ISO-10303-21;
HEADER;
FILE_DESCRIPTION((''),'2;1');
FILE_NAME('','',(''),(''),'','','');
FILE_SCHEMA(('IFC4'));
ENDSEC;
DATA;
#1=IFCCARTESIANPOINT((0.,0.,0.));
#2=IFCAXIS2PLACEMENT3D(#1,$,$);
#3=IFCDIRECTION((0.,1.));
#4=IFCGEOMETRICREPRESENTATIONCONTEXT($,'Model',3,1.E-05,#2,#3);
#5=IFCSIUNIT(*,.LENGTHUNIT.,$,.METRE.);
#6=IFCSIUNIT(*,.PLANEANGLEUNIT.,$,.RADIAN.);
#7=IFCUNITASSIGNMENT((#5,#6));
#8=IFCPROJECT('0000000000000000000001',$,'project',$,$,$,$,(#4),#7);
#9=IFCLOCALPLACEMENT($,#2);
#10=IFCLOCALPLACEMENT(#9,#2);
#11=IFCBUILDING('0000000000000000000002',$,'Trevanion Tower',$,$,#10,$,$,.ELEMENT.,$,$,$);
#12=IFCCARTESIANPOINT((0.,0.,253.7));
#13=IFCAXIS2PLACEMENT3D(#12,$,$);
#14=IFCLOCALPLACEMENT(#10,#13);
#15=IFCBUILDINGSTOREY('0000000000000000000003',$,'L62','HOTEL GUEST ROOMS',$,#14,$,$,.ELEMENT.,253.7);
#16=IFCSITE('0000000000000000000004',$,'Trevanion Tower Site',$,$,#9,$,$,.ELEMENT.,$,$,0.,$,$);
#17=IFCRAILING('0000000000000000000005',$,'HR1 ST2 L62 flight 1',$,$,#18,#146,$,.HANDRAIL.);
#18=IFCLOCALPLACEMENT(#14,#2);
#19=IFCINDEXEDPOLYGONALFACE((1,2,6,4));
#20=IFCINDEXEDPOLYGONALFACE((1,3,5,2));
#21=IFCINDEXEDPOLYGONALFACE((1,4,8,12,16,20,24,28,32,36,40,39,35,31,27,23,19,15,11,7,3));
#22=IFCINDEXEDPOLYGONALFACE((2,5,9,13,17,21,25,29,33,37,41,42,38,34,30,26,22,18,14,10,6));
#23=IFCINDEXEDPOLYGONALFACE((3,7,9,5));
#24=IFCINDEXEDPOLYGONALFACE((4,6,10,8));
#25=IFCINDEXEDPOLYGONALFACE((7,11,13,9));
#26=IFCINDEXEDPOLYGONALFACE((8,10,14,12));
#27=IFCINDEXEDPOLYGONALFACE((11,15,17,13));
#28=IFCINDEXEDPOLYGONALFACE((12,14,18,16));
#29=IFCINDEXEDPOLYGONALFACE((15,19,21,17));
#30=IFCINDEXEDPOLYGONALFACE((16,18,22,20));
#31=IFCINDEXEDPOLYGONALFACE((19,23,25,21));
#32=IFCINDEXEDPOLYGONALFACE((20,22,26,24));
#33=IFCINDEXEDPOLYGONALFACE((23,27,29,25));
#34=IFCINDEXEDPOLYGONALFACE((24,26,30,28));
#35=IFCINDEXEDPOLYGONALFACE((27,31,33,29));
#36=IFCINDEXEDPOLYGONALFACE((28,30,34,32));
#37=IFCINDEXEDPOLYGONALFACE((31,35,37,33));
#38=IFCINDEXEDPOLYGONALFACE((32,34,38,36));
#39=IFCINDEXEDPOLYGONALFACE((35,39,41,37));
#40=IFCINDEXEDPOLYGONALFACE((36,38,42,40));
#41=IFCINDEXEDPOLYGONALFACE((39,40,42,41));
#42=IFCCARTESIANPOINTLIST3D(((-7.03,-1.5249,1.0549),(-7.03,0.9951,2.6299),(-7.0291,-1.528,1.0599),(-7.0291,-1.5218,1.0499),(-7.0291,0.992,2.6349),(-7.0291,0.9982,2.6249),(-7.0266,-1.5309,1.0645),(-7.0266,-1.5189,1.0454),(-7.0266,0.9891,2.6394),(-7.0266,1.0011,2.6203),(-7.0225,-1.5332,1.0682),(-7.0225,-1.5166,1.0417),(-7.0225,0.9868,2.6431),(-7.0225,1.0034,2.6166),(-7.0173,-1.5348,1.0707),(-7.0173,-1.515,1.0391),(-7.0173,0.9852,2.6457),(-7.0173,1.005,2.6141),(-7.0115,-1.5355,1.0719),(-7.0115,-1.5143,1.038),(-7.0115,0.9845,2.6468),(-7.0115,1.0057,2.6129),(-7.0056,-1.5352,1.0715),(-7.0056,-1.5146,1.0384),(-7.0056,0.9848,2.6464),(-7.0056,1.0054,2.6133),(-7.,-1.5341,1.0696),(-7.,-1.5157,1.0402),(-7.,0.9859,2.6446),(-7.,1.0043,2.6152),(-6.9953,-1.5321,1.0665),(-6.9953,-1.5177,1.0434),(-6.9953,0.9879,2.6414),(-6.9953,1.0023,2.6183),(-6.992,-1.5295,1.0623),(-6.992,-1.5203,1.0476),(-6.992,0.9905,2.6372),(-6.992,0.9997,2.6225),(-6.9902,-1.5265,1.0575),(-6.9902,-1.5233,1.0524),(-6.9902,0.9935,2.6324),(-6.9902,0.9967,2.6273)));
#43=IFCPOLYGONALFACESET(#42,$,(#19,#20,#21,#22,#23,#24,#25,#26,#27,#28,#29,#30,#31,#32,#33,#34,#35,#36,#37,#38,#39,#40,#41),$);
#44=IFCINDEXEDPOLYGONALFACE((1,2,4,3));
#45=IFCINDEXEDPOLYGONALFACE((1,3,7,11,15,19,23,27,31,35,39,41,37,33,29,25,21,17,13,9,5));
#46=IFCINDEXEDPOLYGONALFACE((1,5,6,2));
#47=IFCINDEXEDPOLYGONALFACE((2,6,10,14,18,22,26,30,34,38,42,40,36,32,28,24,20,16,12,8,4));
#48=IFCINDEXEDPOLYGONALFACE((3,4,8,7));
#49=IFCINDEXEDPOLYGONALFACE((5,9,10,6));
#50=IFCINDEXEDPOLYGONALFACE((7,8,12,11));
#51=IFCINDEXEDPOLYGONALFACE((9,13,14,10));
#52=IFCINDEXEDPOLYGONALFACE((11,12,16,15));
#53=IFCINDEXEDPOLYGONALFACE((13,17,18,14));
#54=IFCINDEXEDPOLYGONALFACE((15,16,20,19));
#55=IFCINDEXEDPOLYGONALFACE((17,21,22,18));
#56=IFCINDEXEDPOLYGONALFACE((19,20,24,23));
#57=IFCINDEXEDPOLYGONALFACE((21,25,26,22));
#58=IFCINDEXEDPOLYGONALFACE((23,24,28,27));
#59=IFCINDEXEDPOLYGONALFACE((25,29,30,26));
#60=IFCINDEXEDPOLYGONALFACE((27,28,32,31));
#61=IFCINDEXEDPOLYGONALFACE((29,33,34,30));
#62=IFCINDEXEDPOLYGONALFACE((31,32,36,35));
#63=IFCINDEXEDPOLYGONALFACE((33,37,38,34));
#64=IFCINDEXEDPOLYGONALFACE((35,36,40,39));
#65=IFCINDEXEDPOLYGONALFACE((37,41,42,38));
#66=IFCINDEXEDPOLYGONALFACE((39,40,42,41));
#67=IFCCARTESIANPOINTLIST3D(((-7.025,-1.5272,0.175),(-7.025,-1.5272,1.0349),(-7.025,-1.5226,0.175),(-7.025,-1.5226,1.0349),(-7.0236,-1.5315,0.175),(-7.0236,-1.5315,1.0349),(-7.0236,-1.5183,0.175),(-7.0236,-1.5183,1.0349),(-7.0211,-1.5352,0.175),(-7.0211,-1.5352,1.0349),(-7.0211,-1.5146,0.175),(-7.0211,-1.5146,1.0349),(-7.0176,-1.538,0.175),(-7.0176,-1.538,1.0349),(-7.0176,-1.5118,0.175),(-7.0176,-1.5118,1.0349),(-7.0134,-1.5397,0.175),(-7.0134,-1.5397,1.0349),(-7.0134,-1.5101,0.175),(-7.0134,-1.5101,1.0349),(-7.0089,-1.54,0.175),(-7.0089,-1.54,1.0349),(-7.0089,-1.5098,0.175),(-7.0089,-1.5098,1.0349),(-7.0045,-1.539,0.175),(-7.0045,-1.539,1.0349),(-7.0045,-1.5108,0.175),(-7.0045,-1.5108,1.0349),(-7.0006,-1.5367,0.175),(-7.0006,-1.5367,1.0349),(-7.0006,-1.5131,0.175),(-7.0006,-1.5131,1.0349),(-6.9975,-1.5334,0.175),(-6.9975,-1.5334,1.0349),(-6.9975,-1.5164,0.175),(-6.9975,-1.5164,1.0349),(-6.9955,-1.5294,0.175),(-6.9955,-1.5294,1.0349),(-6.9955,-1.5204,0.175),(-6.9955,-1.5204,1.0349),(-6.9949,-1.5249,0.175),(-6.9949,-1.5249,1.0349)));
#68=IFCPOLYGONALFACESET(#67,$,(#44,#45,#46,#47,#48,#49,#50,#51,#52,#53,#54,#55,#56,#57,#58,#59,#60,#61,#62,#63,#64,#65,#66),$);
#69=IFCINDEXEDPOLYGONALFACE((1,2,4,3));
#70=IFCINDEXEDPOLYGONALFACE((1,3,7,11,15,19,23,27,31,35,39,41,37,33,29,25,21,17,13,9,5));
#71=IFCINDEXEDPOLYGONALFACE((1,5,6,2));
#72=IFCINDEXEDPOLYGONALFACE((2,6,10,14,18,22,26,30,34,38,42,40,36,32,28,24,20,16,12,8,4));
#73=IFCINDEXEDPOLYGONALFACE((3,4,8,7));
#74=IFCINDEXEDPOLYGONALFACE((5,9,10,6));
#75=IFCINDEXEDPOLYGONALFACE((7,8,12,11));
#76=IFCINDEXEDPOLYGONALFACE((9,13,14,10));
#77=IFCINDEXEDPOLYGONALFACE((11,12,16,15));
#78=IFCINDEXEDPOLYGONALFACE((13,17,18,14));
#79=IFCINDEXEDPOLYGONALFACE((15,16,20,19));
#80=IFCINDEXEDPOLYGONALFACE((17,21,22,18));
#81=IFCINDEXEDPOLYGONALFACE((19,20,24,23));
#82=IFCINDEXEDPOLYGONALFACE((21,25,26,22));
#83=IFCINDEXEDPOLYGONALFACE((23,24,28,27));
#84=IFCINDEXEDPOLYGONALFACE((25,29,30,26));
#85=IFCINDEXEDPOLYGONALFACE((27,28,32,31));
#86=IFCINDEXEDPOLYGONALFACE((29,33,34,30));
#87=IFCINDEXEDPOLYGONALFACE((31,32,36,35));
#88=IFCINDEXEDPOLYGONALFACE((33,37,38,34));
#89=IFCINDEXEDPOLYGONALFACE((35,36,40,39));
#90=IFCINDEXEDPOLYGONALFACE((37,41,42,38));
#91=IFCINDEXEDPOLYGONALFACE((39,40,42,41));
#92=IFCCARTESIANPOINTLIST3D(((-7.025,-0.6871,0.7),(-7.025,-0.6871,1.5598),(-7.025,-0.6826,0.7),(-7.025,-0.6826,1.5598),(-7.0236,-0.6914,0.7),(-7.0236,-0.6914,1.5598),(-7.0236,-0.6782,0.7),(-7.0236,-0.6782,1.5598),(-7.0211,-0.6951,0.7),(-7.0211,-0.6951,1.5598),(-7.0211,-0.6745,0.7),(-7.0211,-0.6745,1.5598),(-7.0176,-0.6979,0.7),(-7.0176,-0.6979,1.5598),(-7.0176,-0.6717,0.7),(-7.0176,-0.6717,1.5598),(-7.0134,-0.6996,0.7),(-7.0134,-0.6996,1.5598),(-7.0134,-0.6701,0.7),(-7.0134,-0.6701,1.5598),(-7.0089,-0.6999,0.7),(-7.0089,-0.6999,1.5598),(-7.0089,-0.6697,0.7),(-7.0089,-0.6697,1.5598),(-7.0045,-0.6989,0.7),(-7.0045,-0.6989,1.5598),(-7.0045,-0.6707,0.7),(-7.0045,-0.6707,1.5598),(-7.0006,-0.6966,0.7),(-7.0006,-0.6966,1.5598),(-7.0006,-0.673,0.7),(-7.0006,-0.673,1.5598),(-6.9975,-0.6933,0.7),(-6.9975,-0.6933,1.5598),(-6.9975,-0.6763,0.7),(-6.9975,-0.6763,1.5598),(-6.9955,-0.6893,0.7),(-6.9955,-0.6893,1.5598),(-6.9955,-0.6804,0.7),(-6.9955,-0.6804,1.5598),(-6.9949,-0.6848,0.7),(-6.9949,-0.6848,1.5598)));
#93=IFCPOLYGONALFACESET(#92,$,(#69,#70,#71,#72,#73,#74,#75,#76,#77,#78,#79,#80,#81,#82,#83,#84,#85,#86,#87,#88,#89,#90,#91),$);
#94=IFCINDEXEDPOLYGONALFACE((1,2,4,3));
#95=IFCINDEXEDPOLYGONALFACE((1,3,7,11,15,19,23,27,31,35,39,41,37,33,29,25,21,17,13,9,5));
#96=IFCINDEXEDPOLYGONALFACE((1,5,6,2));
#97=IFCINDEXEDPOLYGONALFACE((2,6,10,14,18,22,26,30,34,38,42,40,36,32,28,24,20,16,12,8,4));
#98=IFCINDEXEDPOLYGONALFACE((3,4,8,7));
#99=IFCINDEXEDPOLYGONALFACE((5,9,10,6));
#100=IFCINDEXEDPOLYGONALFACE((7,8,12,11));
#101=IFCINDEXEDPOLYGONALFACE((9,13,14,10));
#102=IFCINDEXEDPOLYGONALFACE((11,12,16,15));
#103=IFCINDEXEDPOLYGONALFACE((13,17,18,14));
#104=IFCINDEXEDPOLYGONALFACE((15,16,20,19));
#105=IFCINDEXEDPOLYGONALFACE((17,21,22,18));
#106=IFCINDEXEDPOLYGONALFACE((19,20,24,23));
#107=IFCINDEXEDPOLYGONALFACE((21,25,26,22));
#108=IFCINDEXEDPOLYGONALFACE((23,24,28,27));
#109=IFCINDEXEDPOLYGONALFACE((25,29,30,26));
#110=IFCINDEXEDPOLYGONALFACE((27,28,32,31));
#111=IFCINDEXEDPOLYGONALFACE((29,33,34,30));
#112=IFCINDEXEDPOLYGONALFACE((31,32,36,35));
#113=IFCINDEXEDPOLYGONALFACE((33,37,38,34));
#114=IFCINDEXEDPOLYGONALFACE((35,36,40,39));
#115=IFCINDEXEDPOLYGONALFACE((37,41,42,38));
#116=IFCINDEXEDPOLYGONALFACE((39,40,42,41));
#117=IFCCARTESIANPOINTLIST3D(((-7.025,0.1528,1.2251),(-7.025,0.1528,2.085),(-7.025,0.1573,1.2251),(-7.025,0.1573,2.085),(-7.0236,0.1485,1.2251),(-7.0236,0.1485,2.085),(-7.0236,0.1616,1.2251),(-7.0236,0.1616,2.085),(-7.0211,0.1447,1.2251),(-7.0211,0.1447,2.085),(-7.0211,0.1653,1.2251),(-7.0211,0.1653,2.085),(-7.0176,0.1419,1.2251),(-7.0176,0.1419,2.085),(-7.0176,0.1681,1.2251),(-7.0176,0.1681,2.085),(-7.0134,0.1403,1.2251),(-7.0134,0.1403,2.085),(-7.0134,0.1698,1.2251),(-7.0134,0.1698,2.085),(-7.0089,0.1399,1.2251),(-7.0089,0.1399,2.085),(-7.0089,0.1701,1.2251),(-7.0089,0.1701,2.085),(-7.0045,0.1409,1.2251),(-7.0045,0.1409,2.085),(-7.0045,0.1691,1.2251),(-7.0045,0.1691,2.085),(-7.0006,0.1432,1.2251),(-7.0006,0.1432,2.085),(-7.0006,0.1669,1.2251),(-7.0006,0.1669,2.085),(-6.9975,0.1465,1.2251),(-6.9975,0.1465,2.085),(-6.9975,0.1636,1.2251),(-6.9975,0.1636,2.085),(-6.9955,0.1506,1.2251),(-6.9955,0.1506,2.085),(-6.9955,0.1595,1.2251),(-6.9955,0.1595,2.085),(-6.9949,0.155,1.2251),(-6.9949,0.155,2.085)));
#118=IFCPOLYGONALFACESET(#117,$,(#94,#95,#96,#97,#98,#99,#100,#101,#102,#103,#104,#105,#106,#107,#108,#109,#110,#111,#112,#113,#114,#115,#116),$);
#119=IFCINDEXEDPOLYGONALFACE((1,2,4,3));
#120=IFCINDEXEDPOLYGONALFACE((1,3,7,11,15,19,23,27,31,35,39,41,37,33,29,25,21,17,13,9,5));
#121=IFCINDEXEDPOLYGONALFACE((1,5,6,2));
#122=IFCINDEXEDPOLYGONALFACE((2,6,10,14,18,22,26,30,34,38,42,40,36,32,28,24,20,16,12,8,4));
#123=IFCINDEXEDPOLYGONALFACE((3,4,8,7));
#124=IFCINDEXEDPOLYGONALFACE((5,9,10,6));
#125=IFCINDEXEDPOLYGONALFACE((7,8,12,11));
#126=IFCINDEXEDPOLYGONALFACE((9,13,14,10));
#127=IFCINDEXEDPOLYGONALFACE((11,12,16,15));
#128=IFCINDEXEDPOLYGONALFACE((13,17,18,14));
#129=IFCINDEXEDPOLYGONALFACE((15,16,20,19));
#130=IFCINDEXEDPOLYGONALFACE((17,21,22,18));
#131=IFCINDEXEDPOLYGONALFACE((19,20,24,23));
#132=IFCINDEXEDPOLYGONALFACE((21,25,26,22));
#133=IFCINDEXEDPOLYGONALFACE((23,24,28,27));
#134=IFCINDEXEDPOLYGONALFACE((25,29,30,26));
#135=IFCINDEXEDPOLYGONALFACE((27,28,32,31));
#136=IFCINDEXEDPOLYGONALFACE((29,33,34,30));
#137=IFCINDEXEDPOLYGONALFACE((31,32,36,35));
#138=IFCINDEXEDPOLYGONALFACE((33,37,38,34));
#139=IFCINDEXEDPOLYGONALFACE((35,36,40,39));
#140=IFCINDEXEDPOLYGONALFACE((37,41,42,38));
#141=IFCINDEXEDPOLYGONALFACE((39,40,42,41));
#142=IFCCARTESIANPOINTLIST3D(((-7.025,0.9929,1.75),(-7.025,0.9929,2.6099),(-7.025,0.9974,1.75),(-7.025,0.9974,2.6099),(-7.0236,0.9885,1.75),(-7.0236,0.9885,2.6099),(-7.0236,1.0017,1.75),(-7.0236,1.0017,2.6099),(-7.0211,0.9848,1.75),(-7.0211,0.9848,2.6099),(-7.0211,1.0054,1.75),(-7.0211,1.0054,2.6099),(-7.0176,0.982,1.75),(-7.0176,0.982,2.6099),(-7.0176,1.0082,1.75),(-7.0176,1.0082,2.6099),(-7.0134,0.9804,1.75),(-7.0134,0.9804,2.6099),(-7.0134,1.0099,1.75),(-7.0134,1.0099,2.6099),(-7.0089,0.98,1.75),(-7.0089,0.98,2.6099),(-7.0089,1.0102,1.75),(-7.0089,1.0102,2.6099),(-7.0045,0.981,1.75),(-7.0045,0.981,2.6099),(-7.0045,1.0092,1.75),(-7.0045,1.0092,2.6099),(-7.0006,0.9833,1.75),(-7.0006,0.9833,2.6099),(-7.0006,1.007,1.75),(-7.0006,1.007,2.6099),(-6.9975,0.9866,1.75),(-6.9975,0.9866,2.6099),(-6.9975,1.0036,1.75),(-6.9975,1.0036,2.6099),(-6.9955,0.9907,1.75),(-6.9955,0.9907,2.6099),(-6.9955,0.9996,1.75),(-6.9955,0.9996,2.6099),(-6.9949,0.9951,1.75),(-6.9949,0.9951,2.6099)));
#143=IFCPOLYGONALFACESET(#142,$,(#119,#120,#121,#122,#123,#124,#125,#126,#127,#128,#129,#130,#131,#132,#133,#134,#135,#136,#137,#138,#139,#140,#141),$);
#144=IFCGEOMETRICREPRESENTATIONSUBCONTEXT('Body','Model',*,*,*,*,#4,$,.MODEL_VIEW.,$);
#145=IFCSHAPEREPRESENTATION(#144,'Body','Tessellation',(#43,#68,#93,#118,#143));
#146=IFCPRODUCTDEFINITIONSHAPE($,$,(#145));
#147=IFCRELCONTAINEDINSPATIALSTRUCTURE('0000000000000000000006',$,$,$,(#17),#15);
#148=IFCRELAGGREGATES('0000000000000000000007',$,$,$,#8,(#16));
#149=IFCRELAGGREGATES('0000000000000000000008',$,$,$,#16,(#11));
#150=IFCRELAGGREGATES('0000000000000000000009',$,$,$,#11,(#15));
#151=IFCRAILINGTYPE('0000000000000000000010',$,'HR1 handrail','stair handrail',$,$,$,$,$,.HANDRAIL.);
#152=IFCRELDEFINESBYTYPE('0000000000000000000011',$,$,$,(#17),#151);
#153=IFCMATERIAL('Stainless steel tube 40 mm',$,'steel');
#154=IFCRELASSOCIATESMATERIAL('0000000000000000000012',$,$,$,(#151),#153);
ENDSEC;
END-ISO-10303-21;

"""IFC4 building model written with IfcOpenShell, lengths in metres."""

from ifc_helpers import new_model, si_unit, direction, frame, origin, origin_2d, place, context, subcontext, project, spatial, circle, extrude, material, type_object, element, save


model = new_model("IFC4")

# Units and contexts
model_context = context("Model", 3, precision=1e-05, world=origin(), true_north=direction((0.0, 1.0)))
body_context = subcontext(model_context, "Body", "Model", "MODEL_VIEW")
ifc_project = project(units=[si_unit("LENGTHUNIT", "METRE"), si_unit("PLANEANGLEUNIT", "RADIAN")], contexts=[model_context])

# Site, building, storey
site_placement = place(None, origin())
site = spatial("IfcSite", under=ifc_project, at=site_placement, Name="Trevanion Tower Site", CompositionType="ELEMENT", RefElevation=0.0)
building_placement = place(site_placement, origin())
building = spatial("IfcBuilding", under=site, at=building_placement, Name="Trevanion Tower", CompositionType="ELEMENT")
storey_placement = place(building_placement, frame((0.0, 0.0, 253.7)))
storey = spatial("IfcBuildingStorey", under=building, at=storey_placement, Name="L62", Description="HOTEL GUEST ROOMS", CompositionType="ELEMENT", Elevation=253.7)

# Railing
ifc_material_1 = material(Name="Stainless steel tube 40 mm", Category="steel")
railing_type = type_object("IfcRailingType", Name="HR1 handrail", Description="stair handrail", PredefinedType="HANDRAIL", material=ifc_material_1)
for number, where, name in (
    (1, (-7.01, -1.5249, 0.175), "HR1 ST2 L62 flight 1"),
):
    element("IfcRailing", number, at=place(storey_placement, frame(where)), inside=storey, type_object=railing_type, Name=name, PredefinedType="HANDRAIL", context=body_context, shape_type="SweptSolid", body=[
        extrude(circle(Radius=0.02, at=origin_2d()), frame((0.0, 0.0, 0.8799), z_axis=(0.0, 0.848008, 0.529984), x_axis=(-1.0, 0.0, 0.0)), (0.0, 0.0, 1.0), 2.9717),
        extrude(circle(Radius=0.0151, at=origin_2d()), origin(), (0.0, 0.0, 1.0), 0.8599),
        extrude(circle(Radius=0.0151, at=origin_2d()), frame((0.0, 0.8401, 0.5249)), (0.0, 0.0, 1.0), 0.8599),
        extrude(circle(Radius=0.0151, at=origin_2d()), frame((0.0, 1.6799, 1.05)), (0.0, 0.0, 1.0), 0.8599),
        extrude(circle(Radius=0.0151, at=origin_2d()), frame((0.0, 2.52, 1.575)), (0.0, 0.0, 1.0), 0.8599),
    ])

save(model, "model.ifc")
